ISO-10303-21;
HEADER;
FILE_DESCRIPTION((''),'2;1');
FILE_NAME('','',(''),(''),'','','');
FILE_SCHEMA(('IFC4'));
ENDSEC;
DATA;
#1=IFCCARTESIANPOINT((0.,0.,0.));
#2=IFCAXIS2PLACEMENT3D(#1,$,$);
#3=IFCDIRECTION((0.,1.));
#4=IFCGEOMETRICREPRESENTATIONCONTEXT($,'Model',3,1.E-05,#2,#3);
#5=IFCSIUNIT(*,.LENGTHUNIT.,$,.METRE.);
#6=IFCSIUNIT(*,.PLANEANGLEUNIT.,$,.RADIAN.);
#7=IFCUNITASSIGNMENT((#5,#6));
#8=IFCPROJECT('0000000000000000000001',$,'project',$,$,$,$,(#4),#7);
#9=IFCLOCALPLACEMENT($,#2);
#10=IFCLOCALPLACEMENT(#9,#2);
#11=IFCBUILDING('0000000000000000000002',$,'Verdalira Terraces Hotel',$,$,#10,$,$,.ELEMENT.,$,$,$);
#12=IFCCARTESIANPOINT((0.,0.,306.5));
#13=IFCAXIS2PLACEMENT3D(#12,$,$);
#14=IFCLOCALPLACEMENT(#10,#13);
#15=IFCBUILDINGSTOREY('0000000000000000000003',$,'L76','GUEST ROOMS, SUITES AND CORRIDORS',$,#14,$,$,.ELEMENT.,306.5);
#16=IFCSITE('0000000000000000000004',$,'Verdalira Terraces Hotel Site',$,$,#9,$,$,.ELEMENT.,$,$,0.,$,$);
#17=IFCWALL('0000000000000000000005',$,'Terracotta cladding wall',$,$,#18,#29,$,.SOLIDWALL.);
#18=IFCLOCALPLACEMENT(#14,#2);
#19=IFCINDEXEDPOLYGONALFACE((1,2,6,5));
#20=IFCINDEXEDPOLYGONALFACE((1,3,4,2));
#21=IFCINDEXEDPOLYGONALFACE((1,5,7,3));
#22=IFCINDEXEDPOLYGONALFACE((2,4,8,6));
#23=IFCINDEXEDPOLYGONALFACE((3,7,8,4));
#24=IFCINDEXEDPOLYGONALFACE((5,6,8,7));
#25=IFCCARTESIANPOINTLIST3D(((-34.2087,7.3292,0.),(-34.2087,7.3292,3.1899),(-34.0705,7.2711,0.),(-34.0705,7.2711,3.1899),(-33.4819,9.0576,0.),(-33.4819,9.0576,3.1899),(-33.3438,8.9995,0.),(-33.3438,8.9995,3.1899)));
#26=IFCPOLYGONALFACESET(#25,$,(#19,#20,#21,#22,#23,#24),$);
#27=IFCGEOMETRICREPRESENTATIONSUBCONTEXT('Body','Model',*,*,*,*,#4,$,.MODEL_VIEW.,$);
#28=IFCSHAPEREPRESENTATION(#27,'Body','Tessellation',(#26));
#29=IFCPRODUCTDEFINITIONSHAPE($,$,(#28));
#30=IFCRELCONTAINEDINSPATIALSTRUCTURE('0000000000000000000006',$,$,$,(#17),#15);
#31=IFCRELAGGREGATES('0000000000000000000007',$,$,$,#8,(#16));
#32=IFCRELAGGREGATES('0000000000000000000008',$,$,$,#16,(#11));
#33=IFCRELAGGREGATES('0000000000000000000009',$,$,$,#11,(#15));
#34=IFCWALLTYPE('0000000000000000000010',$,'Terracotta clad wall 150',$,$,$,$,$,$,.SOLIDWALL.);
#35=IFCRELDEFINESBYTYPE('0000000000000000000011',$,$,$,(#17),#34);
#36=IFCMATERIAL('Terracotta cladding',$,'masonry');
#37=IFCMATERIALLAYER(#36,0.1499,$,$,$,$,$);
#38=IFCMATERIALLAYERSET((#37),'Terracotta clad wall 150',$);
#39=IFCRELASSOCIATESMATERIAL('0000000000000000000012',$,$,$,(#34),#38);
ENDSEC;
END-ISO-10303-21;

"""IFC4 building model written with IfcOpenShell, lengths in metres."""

from ifc_helpers import new_model, si_unit, direction, frame, frame_2d, origin, place, context, subcontext, project, spatial, rectangle, extrude, material, layer, layer_set, type_object, element, save


model = new_model("IFC4")

# Units and contexts
model_context = context("Model", 3, precision=1e-05, world=origin(), true_north=direction((0.0, 1.0)))
body_context = subcontext(model_context, "Body", "Model", "MODEL_VIEW")
ifc_project = project(units=[si_unit("LENGTHUNIT", "METRE"), si_unit("PLANEANGLEUNIT", "RADIAN")], contexts=[model_context])

# Site, building, storey
site_placement = place(None, origin())
site = spatial("IfcSite", under=ifc_project, at=site_placement, Name="Verdalira Terraces Hotel Site", CompositionType="ELEMENT", RefElevation=0.0)
building_placement = place(site_placement, origin())
building = spatial("IfcBuilding", under=site, at=building_placement, Name="Verdalira Terraces Hotel", CompositionType="ELEMENT")
storey_placement = place(building_placement, frame((0.0, 0.0, 306.5)))
storey = spatial("IfcBuildingStorey", under=building, at=storey_placement, Name="L76", Description="GUEST ROOMS, SUITES AND CORRIDORS", CompositionType="ELEMENT", Elevation=306.5)

# Wall
ifc_material_1 = material(Name="Terracotta cladding", Category="masonry")
ifc_layer_1 = layer(ifc_material_1, 0.1499)
ifc_layer_set_1 = layer_set([ifc_layer_1], Name="Terracotta clad wall 150")
wall_type_1 = type_object("IfcWallType", Name="Terracotta clad wall 150", PredefinedType="SOLIDWALL", material=ifc_layer_set_1)
for number, where, z_axis, x_axis, name in (
    (1, (-33.4128, 9.0286, 0.0), (0.0, 0.0, 1.0), (-0.387609, -0.921824, 0.0), "Terracotta cladding wall"),
):
    element("IfcWall", number, at=place(storey_placement, frame(where, z_axis=z_axis, x_axis=x_axis)), inside=storey, type_object=wall_type_1, Name=name, PredefinedType="SOLIDWALL", context=body_context, shape_type="SweptSolid", body=[
        extrude(rectangle(XDim=1.875, YDim=0.1499, at=frame_2d((0.9375, 0.0))), origin(), (0.0, 0.0, 1.0), 3.1899),
    ])

save(model, "model.ifc")
